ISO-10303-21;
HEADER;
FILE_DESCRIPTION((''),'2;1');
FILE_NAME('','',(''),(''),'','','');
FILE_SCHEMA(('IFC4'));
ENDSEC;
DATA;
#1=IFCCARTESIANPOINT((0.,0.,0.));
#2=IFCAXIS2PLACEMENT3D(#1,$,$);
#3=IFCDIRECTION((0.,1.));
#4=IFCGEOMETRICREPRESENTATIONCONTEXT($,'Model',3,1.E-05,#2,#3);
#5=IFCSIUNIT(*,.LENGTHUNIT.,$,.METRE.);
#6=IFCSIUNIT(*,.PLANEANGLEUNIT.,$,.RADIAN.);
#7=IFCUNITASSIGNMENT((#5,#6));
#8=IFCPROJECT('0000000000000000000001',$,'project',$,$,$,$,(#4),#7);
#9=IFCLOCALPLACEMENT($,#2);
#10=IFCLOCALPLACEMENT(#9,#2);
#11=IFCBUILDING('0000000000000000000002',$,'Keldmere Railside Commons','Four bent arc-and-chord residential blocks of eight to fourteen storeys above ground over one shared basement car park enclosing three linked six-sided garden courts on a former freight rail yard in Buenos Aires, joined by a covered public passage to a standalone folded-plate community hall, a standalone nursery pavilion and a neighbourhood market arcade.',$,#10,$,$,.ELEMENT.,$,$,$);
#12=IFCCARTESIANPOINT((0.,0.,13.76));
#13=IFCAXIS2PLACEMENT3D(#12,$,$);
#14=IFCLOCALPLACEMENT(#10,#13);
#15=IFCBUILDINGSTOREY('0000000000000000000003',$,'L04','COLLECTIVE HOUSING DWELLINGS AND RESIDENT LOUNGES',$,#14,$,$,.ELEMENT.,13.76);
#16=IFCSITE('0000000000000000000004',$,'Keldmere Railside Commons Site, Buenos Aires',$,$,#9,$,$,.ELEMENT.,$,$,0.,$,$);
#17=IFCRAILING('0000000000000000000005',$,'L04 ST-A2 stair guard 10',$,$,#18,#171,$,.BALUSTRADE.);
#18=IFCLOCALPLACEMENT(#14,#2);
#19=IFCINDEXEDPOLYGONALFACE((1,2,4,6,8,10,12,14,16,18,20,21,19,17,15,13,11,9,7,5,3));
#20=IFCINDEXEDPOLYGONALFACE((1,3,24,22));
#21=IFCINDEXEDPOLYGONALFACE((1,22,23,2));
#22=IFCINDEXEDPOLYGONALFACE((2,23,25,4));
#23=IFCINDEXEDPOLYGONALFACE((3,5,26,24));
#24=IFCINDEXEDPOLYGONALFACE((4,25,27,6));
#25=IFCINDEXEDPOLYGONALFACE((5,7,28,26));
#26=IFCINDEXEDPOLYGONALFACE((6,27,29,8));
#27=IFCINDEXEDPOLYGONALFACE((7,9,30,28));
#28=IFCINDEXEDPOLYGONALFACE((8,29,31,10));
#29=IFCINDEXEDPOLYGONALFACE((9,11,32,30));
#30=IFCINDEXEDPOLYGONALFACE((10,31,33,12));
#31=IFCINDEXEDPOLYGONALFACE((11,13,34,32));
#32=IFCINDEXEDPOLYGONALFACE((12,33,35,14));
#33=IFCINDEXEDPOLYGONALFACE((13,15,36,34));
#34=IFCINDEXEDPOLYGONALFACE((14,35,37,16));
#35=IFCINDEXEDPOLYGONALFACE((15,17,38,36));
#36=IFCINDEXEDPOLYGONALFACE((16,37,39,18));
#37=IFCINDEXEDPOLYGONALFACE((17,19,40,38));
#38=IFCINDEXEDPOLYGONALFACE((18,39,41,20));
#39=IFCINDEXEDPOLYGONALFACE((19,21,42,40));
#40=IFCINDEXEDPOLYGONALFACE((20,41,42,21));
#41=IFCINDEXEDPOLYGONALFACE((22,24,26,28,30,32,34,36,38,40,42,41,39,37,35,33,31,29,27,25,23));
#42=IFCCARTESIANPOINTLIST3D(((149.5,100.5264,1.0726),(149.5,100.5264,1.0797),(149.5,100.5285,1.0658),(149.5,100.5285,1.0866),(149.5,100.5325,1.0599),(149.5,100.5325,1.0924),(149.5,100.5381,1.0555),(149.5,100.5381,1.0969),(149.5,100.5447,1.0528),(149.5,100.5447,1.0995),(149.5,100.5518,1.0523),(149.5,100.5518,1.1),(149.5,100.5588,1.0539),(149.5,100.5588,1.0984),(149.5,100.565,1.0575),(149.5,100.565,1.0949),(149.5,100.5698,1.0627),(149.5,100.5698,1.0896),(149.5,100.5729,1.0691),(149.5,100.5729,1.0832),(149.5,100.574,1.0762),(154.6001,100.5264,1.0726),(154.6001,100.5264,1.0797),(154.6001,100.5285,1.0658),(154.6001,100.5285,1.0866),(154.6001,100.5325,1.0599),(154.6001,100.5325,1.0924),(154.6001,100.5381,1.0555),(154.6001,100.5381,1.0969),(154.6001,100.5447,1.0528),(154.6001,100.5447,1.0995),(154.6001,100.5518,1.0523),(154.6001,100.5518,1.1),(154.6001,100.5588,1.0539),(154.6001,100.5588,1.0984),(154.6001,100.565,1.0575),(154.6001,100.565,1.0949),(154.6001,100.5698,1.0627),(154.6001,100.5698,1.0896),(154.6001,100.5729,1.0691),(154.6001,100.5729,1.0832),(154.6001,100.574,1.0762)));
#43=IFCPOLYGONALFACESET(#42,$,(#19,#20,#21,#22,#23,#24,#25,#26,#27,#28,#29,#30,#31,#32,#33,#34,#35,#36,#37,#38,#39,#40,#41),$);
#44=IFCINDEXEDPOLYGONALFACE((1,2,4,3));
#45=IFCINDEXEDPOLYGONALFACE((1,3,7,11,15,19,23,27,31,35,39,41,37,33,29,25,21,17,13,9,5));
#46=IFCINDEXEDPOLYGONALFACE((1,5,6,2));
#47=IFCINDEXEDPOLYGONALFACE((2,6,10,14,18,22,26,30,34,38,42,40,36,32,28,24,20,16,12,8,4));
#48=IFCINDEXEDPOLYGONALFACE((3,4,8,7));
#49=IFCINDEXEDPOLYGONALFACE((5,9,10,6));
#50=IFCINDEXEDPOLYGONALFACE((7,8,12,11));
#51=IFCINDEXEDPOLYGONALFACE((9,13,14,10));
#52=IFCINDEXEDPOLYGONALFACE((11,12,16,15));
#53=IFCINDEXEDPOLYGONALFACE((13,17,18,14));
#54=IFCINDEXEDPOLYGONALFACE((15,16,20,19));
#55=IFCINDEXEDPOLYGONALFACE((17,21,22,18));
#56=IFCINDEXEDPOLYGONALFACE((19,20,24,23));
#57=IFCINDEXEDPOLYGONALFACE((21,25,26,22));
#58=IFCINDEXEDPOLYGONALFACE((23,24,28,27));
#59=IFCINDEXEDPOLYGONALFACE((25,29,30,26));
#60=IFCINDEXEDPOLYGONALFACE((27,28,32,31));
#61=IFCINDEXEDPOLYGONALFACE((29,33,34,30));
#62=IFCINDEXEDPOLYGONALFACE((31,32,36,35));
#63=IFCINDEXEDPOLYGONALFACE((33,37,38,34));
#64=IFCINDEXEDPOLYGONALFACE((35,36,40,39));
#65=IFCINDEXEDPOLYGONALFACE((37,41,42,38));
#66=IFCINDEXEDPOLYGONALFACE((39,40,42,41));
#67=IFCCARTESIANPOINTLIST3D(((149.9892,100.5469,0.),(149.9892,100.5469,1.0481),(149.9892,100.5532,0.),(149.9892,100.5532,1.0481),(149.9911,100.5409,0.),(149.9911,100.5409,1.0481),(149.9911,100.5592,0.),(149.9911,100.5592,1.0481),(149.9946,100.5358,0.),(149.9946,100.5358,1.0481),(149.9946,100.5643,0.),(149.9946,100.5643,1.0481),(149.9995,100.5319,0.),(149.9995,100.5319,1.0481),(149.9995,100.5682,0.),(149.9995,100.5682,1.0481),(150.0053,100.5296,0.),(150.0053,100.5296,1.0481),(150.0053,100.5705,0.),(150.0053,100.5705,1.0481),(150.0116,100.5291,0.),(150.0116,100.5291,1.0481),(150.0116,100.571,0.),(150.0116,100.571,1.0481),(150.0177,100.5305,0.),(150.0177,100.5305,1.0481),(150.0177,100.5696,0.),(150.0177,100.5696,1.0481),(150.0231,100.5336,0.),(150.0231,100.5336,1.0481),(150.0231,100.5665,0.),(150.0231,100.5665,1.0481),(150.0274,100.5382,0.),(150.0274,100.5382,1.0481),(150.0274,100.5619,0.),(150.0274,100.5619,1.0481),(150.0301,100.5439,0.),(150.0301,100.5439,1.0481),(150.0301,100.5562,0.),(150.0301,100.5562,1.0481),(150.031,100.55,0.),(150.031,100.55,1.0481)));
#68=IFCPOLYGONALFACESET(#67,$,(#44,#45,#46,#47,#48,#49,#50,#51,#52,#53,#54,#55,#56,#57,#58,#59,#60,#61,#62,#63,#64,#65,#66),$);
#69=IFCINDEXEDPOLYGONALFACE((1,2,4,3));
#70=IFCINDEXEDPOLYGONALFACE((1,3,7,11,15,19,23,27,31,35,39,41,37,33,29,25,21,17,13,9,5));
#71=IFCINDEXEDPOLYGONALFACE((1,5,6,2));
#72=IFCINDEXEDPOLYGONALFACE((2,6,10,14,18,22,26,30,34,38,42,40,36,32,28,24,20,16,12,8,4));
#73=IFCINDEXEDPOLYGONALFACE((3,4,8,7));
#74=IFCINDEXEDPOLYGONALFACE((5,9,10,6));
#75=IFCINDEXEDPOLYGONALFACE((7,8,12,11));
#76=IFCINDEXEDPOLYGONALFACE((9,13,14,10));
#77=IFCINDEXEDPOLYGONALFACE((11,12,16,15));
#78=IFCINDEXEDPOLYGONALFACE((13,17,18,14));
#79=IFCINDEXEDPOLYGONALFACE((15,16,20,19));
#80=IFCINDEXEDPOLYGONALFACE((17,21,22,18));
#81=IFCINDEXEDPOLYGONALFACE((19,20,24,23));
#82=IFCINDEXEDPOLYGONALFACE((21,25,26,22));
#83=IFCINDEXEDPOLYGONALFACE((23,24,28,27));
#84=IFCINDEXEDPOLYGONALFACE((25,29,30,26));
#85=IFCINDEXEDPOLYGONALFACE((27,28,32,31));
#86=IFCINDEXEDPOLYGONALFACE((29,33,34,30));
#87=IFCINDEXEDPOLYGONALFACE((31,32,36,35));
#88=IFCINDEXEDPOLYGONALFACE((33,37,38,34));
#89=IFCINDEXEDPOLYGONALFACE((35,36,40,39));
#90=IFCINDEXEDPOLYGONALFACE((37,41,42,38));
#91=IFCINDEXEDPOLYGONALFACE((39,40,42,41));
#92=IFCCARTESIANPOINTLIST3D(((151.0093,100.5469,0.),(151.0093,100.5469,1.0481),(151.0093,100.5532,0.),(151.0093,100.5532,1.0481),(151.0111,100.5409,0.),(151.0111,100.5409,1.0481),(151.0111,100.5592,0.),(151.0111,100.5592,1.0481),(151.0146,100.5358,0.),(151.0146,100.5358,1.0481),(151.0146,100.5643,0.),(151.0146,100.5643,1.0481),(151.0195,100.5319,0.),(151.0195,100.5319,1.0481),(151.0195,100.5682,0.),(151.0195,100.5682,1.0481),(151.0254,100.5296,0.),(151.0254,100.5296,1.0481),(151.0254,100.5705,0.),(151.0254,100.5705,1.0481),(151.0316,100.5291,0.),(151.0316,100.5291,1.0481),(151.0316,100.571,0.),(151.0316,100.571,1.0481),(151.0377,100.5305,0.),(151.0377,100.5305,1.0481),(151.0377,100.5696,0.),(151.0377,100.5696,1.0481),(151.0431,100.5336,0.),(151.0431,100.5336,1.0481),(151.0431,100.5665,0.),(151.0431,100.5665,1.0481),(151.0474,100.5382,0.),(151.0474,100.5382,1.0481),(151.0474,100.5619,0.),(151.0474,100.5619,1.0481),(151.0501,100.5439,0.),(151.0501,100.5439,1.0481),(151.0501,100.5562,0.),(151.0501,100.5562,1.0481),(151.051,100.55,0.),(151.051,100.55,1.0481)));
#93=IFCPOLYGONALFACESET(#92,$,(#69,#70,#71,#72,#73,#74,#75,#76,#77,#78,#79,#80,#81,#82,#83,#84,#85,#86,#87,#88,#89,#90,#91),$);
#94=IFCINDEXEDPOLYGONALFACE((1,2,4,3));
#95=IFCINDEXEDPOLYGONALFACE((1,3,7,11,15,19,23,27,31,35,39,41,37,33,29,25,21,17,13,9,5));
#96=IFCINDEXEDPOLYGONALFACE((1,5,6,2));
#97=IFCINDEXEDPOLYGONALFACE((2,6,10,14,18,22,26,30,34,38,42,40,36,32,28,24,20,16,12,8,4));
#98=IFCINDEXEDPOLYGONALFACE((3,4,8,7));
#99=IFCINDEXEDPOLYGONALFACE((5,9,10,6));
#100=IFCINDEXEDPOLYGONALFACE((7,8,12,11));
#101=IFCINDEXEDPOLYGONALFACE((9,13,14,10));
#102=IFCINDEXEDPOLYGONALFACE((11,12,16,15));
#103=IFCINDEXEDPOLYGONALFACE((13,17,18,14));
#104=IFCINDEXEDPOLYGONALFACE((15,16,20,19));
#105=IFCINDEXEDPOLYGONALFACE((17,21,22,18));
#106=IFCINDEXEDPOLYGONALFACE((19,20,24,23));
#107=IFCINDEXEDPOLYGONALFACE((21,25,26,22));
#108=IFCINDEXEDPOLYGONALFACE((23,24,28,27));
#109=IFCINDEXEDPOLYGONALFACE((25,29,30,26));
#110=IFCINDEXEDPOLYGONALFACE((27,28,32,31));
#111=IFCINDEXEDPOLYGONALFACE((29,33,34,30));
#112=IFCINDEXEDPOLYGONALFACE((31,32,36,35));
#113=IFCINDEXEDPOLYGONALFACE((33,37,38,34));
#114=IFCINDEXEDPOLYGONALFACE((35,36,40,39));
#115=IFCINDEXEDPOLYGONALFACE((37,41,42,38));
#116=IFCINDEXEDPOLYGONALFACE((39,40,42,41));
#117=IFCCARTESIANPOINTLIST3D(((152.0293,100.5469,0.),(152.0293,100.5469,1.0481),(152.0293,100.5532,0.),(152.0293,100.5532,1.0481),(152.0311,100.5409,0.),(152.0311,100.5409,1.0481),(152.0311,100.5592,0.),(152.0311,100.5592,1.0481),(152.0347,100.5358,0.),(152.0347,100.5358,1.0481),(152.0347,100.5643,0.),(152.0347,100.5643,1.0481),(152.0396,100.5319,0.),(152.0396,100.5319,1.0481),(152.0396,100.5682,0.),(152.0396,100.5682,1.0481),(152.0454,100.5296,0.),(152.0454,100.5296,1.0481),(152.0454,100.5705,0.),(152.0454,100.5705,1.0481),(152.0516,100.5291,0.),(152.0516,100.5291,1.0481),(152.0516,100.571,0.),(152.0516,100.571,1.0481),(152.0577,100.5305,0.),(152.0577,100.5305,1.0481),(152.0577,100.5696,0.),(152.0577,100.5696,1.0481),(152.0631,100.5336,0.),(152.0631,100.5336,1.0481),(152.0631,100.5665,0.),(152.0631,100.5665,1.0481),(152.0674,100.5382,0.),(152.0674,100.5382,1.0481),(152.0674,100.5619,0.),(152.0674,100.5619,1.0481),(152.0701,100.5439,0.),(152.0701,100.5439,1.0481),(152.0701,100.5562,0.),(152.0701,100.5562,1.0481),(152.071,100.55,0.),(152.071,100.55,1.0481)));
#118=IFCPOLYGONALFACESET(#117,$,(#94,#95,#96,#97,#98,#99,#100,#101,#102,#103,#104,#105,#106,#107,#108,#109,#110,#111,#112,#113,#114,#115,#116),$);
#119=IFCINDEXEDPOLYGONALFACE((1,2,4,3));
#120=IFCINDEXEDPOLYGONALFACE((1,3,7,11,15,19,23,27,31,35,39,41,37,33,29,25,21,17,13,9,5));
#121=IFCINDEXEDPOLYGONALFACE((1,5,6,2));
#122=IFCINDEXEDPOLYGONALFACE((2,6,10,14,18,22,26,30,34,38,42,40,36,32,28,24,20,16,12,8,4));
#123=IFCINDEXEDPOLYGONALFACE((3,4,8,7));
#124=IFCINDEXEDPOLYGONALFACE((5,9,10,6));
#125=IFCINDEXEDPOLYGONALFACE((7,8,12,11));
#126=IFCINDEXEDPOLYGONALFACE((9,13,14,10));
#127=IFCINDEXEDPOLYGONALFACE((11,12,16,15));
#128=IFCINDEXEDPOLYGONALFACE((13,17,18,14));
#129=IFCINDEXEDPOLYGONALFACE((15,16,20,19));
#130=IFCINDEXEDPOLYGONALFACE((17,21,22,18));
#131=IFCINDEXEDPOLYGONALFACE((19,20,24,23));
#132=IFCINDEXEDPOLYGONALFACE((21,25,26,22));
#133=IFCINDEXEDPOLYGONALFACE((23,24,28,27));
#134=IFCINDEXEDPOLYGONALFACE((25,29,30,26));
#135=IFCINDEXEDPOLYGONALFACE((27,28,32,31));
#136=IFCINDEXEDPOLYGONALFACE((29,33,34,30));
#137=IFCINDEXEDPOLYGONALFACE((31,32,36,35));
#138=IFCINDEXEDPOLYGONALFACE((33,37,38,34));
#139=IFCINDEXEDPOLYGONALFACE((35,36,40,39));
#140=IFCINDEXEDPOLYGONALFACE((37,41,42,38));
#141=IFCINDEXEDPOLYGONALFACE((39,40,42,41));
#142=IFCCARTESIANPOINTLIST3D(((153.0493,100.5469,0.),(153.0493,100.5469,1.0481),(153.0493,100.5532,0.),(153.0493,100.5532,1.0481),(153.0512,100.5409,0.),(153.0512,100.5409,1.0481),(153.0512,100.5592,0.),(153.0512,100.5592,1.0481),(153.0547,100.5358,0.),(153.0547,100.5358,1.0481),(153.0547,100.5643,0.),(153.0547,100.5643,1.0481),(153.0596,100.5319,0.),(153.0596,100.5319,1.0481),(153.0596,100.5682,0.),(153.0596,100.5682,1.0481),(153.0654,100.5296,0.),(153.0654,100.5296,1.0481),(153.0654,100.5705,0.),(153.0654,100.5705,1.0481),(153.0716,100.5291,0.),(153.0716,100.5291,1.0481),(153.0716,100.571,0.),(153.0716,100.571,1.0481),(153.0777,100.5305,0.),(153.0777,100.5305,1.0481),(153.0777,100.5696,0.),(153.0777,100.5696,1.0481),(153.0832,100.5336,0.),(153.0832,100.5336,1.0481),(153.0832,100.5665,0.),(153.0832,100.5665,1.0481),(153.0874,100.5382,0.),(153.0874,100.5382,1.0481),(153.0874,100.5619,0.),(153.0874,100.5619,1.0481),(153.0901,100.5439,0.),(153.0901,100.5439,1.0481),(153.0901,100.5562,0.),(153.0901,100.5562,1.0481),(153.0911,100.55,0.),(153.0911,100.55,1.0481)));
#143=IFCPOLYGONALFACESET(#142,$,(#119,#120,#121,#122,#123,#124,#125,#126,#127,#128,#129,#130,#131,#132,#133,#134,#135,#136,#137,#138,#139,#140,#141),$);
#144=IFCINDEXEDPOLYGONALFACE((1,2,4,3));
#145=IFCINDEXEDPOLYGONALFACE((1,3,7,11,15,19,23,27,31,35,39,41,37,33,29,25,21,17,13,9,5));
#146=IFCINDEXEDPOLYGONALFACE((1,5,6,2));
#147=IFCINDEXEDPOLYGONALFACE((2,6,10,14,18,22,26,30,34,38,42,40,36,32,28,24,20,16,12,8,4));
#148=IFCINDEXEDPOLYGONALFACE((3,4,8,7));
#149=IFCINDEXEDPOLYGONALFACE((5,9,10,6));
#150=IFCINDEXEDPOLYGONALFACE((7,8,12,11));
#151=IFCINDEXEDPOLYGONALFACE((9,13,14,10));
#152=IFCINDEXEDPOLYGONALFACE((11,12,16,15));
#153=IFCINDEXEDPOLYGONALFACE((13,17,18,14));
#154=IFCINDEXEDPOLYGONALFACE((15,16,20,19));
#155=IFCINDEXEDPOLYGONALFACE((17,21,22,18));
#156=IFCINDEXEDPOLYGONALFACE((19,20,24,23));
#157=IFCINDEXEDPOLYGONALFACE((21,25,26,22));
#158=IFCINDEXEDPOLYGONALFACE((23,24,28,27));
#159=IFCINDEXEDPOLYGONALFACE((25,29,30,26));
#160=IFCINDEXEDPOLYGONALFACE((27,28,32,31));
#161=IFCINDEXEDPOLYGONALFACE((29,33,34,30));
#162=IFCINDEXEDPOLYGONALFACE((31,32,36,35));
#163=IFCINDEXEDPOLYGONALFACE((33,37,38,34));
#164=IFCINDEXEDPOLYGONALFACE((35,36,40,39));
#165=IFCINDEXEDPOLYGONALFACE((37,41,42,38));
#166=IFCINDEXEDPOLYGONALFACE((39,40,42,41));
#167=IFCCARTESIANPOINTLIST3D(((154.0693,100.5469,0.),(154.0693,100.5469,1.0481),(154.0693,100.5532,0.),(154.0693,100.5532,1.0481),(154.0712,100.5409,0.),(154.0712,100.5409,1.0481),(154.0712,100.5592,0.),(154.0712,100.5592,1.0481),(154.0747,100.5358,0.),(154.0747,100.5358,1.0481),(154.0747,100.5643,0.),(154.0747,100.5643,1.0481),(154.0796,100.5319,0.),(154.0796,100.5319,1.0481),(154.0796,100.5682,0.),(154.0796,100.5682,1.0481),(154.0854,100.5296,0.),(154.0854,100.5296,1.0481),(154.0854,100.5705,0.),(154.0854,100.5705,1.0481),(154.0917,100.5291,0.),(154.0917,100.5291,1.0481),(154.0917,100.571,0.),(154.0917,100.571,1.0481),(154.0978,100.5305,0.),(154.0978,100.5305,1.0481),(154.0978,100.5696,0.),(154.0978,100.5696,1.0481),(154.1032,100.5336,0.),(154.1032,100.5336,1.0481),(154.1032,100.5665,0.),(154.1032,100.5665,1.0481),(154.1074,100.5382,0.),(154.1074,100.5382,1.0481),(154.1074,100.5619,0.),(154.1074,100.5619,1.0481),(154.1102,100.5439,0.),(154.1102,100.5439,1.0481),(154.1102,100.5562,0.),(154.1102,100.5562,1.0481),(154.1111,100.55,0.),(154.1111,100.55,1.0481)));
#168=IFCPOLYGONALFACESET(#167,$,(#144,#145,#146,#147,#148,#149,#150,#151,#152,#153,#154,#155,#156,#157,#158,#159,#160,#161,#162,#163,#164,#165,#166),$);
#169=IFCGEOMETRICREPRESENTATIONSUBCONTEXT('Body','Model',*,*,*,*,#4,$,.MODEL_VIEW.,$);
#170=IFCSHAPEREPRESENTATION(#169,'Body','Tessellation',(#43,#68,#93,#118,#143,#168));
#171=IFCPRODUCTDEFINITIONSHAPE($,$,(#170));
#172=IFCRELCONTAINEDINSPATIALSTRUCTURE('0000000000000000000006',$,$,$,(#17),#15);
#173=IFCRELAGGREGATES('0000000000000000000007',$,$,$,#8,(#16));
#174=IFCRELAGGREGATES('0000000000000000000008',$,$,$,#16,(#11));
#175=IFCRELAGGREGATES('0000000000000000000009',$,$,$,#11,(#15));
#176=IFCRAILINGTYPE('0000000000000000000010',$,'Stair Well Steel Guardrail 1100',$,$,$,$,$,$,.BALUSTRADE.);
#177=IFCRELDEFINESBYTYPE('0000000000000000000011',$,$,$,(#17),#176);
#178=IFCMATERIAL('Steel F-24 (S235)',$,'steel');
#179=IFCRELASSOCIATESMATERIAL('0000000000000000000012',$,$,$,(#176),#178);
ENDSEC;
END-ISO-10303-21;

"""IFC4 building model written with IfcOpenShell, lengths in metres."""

from ifc_helpers import new_model, si_unit, direction, frame, origin, origin_2d, place, context, subcontext, project, spatial, circle, extrude, material, type_object, element, save


model = new_model("IFC4")

# Units and contexts
model_context = context("Model", 3, precision=1e-05, world=origin(), true_north=direction((0.0, 1.0)))
body_context = subcontext(model_context, "Body", "Model", "MODEL_VIEW")
ifc_project = project(units=[si_unit("LENGTHUNIT", "METRE"), si_unit("PLANEANGLEUNIT", "RADIAN")], contexts=[model_context])

# Site, building, storey
site_placement = place(None, origin())
site = spatial("IfcSite", under=ifc_project, at=site_placement, Name="Keldmere Railside Commons Site, Buenos Aires", CompositionType="ELEMENT", RefElevation=0.0)
building_placement = place(site_placement, origin())
building = spatial("IfcBuilding", under=site, at=building_placement, Name="Keldmere Railside Commons", Description="Four bent arc-and-chord residential blocks of eight to fourteen storeys above ground over one shared basement car park enclosing three linked six-sided garden courts on a former freight rail yard in Buenos Aires, joined by a covered public passage to a standalone folded-plate community hall, a standalone nursery pavilion and a neighbourhood market arcade.", CompositionType="ELEMENT")
storey_placement = place(building_placement, frame((0.0, 0.0, 13.76)))
storey = spatial("IfcBuildingStorey", under=building, at=storey_placement, Name="L04", Description="COLLECTIVE HOUSING DWELLINGS AND RESIDENT LOUNGES", CompositionType="ELEMENT", Elevation=13.76)

# Shared definitions
ifc_material_1 = material(Name="Steel F-24 (S235)", Category="steel")

# Railing
railing_type_1 = type_object("IfcRailingType", Name="Stair Well Steel Guardrail 1100", PredefinedType="BALUSTRADE", material=ifc_material_1)
for number, where, name in (
    (1, (149.5, 100.55, 0.0), "L04 ST-A2 stair guard 10"),
):
    element("IfcRailing", number, at=place(storey_placement, frame(where)), inside=storey, type_object=railing_type_1, Name=name, PredefinedType="BALUSTRADE", context=body_context, shape_type="SweptSolid", body=[
        extrude(circle(Radius=0.0239, at=origin_2d()), frame((0.0, 0.0, 1.0762), z_axis=(1.0, 0.0, 0.0), x_axis=(0.0, 1.0, 0.0)), (0.0, 0.0, 1.0), 5.1001),
        extrude(circle(Radius=0.021, at=origin_2d()), frame((0.51, 0.0, 0.0)), (0.0, 0.0, 1.0), 1.0481),
        extrude(circle(Radius=0.021, at=origin_2d()), frame((1.53, 0.0, 0.0)), (0.0, 0.0, 1.0), 1.0481),
        extrude(circle(Radius=0.021, at=origin_2d()), frame((2.55, 0.0, 0.0)), (0.0, 0.0, 1.0), 1.0481),
        extrude(circle(Radius=0.021, at=origin_2d()), frame((3.5701, 0.0, 0.0)), (0.0, 0.0, 1.0), 1.0481),
        extrude(circle(Radius=0.021, at=origin_2d()), frame((4.5901, 0.0, 0.0)), (0.0, 0.0, 1.0), 1.0481),
    ])

save(model, "model.ifc")
